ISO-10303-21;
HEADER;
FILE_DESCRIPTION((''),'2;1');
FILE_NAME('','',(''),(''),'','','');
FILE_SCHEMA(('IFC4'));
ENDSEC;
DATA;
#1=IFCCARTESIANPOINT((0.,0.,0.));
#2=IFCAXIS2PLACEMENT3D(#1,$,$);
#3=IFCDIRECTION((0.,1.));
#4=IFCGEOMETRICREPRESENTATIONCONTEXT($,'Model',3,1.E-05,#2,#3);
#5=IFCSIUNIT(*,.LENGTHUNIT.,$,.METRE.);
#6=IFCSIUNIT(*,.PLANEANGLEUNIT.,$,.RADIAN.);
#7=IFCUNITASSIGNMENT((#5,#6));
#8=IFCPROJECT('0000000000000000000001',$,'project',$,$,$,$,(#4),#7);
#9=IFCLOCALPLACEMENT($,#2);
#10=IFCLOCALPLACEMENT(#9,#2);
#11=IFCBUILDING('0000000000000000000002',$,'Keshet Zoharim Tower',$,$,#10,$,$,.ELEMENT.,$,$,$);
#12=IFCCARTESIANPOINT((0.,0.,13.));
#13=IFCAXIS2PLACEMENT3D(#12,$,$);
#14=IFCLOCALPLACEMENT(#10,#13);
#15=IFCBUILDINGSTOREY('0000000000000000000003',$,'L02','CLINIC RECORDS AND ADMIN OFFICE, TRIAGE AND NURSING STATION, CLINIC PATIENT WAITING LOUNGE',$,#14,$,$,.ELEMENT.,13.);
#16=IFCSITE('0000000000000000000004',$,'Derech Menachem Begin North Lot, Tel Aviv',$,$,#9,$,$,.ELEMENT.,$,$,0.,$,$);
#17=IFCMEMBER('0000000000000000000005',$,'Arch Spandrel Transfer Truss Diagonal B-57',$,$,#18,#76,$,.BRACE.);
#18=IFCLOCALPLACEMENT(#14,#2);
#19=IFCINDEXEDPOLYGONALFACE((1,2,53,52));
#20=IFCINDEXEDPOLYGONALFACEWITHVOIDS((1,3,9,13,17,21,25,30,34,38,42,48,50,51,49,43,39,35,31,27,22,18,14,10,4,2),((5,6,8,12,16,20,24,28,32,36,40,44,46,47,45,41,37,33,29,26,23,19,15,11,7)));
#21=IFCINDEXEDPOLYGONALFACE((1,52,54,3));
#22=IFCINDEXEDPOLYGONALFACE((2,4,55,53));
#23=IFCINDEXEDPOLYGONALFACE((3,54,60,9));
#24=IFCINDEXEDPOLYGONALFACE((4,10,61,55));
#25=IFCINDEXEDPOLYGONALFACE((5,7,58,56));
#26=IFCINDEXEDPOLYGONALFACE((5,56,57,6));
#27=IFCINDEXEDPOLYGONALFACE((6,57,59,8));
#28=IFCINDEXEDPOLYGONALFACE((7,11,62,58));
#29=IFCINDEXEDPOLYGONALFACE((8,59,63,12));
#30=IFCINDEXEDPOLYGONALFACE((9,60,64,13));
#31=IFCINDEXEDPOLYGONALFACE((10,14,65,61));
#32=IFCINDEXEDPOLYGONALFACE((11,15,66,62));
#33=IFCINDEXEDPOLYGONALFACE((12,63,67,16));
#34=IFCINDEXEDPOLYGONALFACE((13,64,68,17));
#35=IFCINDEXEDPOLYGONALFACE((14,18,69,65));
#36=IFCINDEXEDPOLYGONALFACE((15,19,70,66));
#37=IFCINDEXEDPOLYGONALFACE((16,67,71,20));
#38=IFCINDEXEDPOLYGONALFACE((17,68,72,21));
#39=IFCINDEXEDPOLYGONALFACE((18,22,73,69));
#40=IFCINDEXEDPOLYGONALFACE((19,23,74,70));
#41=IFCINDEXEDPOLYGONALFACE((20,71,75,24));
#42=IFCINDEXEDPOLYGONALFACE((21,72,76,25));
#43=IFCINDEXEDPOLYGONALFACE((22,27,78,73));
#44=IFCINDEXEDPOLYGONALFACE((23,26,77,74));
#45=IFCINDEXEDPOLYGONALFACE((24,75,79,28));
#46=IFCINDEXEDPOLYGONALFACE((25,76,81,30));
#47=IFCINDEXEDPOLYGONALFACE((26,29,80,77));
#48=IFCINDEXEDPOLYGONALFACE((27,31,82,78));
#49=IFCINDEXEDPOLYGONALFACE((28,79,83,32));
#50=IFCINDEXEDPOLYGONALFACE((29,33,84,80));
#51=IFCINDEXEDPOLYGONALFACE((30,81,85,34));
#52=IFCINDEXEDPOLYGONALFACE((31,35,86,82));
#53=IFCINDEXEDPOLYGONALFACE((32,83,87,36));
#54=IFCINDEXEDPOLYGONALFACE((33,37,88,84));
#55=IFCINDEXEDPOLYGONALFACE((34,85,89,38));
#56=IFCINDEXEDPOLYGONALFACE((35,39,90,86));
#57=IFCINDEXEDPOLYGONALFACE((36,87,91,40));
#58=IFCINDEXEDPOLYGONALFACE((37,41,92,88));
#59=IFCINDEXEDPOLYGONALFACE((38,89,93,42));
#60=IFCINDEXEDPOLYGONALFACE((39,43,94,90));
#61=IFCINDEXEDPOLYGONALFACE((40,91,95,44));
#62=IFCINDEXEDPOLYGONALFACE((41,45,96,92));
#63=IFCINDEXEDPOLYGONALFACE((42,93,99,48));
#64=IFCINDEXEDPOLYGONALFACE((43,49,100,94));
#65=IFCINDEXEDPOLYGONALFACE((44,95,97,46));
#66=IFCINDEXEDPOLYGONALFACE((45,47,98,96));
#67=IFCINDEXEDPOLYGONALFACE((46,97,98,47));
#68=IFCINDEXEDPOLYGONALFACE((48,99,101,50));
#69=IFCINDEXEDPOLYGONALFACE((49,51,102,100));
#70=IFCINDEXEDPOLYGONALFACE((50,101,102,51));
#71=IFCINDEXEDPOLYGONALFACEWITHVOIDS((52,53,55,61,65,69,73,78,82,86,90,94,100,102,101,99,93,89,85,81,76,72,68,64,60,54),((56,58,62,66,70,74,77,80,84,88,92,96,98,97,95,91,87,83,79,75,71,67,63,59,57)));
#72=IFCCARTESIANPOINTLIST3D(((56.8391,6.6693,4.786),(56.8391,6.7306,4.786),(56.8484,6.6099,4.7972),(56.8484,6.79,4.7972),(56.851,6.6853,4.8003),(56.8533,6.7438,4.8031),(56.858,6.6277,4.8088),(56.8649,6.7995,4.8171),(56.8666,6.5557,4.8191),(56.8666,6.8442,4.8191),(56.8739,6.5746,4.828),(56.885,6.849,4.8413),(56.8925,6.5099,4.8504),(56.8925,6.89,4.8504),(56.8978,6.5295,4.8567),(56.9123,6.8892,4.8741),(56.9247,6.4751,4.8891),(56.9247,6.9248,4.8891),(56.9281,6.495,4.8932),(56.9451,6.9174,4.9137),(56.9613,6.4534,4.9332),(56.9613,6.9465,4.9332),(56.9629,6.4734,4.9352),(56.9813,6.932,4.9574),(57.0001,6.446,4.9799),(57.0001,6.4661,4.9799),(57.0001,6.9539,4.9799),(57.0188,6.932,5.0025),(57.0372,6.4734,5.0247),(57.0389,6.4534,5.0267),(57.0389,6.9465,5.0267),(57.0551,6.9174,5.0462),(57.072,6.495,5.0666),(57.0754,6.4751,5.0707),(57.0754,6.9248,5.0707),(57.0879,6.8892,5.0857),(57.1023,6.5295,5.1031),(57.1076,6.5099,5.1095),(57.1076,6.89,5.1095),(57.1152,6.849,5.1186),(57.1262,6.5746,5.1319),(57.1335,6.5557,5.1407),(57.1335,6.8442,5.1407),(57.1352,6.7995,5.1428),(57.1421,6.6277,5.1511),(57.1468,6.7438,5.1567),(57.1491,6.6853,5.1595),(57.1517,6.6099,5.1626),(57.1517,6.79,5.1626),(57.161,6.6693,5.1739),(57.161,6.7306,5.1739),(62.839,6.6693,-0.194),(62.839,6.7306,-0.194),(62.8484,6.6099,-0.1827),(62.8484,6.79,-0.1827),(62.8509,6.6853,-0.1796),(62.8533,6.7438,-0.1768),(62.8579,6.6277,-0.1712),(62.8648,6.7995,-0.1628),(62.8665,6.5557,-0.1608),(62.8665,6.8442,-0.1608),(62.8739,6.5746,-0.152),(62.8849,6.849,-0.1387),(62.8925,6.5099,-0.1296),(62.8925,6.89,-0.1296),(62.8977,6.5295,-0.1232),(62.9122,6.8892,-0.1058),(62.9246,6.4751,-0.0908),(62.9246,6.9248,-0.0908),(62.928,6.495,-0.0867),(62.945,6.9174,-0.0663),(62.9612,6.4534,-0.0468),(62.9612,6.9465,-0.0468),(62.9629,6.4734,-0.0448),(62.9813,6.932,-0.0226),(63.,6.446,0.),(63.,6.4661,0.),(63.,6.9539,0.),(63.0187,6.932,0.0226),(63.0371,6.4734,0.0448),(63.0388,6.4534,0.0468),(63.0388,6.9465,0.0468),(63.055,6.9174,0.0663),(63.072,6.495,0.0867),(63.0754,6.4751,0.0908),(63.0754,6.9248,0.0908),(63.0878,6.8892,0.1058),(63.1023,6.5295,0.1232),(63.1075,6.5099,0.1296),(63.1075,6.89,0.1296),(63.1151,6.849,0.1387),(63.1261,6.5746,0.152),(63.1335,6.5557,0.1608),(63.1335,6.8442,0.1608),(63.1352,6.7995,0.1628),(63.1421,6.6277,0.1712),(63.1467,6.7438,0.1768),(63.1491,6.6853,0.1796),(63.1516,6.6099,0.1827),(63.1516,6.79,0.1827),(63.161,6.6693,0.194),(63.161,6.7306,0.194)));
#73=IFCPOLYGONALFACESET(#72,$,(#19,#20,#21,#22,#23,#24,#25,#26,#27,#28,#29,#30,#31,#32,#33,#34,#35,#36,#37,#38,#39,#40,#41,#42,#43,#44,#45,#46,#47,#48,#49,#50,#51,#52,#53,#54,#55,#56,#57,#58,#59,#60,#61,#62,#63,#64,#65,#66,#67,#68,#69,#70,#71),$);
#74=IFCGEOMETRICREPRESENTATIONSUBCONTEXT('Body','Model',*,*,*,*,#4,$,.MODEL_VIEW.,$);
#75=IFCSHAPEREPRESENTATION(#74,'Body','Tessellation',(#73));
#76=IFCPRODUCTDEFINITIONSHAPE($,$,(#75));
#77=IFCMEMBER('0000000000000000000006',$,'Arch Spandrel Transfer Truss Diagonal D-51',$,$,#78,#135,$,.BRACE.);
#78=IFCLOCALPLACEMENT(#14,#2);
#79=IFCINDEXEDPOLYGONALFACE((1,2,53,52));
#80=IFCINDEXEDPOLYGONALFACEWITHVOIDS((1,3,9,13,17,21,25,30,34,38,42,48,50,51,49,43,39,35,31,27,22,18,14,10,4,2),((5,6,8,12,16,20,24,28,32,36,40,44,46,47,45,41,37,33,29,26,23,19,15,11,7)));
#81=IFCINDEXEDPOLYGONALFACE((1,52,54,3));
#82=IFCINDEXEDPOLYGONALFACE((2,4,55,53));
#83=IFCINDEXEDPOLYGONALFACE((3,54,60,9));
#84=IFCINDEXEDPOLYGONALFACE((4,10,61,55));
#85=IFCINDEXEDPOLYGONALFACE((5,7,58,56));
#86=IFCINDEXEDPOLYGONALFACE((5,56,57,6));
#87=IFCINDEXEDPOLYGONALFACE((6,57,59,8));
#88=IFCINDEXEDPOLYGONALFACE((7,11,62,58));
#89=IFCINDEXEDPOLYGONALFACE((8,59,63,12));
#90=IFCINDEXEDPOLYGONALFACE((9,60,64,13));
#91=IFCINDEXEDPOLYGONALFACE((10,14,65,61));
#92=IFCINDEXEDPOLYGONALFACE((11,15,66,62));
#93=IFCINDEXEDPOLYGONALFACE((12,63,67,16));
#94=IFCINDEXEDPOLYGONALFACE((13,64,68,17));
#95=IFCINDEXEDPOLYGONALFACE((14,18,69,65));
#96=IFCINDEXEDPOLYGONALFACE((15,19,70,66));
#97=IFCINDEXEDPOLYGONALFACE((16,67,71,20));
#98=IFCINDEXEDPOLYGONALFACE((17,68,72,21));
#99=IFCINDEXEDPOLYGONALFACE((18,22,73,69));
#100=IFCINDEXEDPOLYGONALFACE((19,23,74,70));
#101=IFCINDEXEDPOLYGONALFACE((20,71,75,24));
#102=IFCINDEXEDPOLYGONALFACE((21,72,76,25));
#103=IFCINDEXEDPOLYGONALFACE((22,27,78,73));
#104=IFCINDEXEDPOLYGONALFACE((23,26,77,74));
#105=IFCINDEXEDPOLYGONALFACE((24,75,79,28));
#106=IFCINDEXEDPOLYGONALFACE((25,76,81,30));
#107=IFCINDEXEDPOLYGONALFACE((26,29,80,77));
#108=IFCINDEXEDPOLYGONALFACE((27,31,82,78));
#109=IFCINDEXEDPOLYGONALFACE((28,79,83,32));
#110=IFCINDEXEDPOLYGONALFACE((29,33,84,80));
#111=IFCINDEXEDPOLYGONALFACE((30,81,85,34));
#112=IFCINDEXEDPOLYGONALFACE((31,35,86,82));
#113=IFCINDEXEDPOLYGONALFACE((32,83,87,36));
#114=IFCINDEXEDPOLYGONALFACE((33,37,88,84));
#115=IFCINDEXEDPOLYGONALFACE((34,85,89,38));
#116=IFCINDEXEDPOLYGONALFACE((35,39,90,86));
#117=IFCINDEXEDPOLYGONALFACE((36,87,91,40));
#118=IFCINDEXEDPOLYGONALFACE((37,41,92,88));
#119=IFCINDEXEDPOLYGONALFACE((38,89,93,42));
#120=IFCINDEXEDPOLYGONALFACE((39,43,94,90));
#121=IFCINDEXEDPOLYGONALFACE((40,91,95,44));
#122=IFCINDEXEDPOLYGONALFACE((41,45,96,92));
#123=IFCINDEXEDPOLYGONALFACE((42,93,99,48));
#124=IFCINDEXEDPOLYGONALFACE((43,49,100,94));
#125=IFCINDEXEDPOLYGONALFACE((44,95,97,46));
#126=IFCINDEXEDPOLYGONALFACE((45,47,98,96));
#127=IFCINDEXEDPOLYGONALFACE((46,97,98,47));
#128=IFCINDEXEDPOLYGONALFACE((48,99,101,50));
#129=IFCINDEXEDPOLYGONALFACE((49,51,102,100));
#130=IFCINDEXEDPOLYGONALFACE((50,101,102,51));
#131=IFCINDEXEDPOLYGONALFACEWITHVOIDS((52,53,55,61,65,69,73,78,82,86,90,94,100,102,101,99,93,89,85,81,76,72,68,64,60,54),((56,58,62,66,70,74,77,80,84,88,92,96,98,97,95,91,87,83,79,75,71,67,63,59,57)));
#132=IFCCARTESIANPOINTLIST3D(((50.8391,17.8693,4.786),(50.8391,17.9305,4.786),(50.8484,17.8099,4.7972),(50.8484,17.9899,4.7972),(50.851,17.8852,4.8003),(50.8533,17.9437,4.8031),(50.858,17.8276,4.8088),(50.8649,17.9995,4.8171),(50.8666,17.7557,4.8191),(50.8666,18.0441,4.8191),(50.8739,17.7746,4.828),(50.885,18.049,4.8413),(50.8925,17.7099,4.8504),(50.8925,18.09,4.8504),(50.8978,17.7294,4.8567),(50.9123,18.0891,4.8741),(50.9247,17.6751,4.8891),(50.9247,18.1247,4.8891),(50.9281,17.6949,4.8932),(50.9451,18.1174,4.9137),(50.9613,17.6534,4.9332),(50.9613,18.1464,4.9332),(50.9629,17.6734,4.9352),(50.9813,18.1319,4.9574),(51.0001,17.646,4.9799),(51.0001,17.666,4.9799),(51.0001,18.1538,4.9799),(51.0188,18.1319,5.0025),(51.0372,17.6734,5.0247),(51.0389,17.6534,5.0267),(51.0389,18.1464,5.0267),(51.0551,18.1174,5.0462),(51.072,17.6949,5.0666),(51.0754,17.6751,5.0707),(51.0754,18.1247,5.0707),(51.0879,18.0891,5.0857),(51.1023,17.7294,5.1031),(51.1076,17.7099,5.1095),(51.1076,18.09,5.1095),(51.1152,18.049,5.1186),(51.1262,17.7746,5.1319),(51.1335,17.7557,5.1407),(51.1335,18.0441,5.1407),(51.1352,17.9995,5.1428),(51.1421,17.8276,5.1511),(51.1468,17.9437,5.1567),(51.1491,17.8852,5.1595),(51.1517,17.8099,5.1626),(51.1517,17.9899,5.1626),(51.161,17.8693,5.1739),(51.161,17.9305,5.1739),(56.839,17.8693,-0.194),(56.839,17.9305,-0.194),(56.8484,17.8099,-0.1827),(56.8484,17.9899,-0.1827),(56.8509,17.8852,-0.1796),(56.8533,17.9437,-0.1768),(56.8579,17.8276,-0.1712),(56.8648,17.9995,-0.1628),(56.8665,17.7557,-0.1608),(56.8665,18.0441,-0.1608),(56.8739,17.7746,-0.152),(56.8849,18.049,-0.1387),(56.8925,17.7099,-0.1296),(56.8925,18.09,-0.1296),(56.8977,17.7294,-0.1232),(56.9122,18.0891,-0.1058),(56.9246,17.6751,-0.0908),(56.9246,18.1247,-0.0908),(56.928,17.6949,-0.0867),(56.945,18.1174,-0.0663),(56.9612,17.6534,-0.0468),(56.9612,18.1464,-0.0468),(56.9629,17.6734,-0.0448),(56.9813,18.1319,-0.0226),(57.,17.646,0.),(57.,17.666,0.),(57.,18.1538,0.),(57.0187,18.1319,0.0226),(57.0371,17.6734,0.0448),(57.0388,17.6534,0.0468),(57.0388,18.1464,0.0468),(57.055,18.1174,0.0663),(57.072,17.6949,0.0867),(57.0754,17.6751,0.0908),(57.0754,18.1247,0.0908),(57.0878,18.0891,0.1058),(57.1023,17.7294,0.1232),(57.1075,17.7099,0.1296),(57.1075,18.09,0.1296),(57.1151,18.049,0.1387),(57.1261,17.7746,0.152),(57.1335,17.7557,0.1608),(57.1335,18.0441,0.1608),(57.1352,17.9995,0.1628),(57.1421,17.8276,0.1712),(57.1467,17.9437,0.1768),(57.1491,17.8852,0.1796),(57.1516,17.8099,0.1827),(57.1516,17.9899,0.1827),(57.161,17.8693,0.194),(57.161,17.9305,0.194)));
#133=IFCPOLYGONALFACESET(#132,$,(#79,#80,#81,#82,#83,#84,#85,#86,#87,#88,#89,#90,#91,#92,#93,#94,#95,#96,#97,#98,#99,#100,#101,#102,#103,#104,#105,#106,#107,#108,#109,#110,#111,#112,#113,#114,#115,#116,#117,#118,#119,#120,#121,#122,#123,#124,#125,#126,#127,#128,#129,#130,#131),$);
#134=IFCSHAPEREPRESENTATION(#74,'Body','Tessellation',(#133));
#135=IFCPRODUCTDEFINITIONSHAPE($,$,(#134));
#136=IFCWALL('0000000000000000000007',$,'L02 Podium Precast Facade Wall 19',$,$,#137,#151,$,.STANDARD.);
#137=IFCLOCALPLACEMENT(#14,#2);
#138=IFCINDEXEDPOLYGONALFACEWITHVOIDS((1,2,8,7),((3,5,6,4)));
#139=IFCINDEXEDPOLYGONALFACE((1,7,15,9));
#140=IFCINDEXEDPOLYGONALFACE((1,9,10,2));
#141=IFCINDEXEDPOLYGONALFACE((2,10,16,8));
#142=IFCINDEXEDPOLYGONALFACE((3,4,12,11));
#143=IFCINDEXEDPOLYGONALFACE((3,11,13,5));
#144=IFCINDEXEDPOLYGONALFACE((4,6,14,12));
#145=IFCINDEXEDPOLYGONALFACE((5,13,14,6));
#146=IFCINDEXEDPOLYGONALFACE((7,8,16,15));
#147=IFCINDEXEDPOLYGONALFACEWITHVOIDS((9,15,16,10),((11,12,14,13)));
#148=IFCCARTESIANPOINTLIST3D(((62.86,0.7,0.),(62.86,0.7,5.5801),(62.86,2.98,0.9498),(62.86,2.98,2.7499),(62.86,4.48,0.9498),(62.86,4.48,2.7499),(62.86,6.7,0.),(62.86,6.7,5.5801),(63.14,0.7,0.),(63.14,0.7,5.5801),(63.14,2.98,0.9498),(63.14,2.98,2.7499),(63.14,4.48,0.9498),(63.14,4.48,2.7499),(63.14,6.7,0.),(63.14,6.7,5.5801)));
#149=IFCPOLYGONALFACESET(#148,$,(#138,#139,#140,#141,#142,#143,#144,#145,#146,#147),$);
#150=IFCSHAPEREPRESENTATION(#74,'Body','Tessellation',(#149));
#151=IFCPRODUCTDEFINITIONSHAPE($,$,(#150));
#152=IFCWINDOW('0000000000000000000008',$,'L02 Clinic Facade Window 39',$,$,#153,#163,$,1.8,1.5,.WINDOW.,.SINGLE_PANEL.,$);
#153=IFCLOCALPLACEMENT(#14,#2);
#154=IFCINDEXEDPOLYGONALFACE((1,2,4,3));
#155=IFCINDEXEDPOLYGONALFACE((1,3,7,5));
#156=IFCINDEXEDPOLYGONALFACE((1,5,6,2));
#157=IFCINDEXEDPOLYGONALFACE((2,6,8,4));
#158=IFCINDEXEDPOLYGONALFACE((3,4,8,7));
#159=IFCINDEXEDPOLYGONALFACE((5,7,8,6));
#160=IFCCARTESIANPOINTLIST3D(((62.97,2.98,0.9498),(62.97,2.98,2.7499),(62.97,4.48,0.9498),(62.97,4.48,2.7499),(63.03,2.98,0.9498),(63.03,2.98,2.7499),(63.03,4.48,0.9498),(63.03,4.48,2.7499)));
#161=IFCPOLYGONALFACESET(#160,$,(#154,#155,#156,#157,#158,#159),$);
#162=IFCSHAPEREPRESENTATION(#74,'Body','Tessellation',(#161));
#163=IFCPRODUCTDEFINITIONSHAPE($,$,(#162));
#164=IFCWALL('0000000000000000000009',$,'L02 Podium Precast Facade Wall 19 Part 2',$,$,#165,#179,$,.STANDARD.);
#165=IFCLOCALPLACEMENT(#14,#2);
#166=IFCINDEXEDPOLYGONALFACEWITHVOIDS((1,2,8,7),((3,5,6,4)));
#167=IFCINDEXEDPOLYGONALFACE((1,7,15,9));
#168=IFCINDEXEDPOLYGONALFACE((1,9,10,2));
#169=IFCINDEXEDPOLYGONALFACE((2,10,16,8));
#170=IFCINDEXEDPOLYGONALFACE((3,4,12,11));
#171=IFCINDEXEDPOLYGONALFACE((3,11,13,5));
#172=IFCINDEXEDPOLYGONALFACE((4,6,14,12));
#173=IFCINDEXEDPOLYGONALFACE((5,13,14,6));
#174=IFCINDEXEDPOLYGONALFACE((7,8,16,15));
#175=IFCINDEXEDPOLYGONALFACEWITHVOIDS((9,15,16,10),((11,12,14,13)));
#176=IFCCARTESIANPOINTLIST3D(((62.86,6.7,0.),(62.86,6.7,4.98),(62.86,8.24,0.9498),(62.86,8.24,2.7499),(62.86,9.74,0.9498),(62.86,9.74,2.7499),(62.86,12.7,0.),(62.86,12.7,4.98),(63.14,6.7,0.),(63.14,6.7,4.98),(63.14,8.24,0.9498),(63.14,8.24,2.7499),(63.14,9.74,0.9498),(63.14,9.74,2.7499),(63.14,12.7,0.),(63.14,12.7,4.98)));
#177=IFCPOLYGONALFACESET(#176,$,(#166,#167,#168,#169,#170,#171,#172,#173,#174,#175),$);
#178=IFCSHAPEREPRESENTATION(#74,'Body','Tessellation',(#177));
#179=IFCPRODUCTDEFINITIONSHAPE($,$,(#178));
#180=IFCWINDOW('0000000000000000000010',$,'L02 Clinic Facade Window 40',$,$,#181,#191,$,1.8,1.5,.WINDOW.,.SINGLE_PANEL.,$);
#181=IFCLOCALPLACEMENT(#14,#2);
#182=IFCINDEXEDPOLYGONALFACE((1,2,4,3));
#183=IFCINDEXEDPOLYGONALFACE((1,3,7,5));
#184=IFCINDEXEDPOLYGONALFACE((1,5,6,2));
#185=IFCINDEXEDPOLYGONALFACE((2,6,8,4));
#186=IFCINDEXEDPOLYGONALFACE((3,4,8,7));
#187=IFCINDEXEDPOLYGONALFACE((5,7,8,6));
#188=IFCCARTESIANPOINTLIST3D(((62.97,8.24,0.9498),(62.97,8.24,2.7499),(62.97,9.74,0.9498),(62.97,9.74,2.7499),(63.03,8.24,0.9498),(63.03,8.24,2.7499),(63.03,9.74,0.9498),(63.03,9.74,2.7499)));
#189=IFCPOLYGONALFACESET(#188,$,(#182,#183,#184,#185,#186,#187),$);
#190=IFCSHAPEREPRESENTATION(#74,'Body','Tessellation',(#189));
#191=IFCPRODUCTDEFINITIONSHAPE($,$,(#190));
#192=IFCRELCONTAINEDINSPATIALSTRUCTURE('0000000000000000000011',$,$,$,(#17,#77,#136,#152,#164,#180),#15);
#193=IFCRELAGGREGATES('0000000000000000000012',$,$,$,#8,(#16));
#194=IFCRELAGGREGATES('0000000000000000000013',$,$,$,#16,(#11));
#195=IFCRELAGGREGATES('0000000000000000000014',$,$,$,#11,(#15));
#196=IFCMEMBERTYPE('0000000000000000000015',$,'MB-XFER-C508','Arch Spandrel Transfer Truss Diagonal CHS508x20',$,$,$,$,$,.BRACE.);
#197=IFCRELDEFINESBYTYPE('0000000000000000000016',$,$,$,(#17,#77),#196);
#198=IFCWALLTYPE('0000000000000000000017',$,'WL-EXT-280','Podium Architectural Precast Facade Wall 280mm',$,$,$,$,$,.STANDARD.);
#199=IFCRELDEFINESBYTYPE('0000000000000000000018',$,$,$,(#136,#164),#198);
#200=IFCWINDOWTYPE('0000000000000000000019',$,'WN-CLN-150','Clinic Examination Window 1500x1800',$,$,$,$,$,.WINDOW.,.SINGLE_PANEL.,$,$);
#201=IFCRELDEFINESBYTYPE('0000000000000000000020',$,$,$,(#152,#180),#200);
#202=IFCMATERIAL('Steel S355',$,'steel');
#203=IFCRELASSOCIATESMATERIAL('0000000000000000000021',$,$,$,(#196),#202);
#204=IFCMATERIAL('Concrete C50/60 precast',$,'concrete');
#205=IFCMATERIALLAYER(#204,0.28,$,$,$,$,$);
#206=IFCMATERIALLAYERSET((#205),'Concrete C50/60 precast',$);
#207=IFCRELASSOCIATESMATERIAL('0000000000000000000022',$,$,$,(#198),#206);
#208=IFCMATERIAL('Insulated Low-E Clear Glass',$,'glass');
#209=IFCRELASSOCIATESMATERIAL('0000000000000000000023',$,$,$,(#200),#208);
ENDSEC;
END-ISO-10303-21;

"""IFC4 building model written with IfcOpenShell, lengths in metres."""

from ifc_helpers import new_model, si_unit, direction, frame, frame_2d, origin, origin_2d, place, context, subcontext, project, spatial, rectangle, hollow_circle, extrude, material, layer, layer_set, material_profile, profile_set, type_object, element, fill, save


model = new_model("IFC4")

# Units and contexts
model_context = context("Model", 3, precision=1e-05, world=origin(), true_north=direction((0.0, 1.0)))
body_context = subcontext(model_context, "Body", "Model", "MODEL_VIEW")
ifc_project = project(units=[si_unit("LENGTHUNIT", "METRE"), si_unit("PLANEANGLEUNIT", "RADIAN")], contexts=[model_context])

# Site, building, storey
site_placement = place(None, origin())
site = spatial("IfcSite", under=ifc_project, at=site_placement, Name="Derech Menachem Begin North Lot, Tel Aviv", CompositionType="ELEMENT", RefElevation=0.0)
building_placement = place(site_placement, origin())
building = spatial("IfcBuilding", under=site, at=building_placement, Name="Keshet Zoharim Tower", CompositionType="ELEMENT")
storey_placement = place(building_placement, frame((0.0, 0.0, 13.0)))
storey = spatial("IfcBuildingStorey", under=building, at=storey_placement, Name="L02", Description="CLINIC RECORDS AND ADMIN OFFICE, TRIAGE AND NURSING STATION, CLINIC PATIENT WAITING LOUNGE", CompositionType="ELEMENT", Elevation=13.0)

# Shared definitions
ifc_material_1 = material(Name="Steel S355", Category="steel")

# Members
ifc_material_profile_1 = material_profile(ifc_material_1, hollow_circle(Radius=0.2539, WallThickness=0.02, at=origin_2d()), Name="CHS508x20")
ifc_profile_set_1 = profile_set([ifc_material_profile_1], Name="Steel S355")
member_type = type_object("IfcMemberType", Name="MB-XFER-C508", Description="Arch Spandrel Transfer Truss Diagonal CHS508x20", PredefinedType="BRACE", material=ifc_profile_set_1)
for number, where, z_axis, x_axis, name in (
    (1, (63.0, 6.7, 0.0), (-0.769482, 0.0, 0.638668), (0.0, -1.0, 0.0), "Arch Spandrel Transfer Truss Diagonal B-57"),
    (2, (57.0, 17.8999, 0.0), (-0.769482, 0.0, 0.638668), (0.0, -1.0, 0.0), "Arch Spandrel Transfer Truss Diagonal D-51"),
):
    element("IfcMember", number, at=place(storey_placement, frame(where, z_axis=z_axis, x_axis=x_axis)), inside=storey, type_object=member_type, Name=name, PredefinedType="BRACE", context=body_context, shape_type="SweptSolid", body=[
        extrude(hollow_circle(Radius=0.2539, WallThickness=0.02, at=origin_2d()), origin(), (0.0, 0.0, 1.0), 7.7974),
    ])

# Walls, openings, windows
ifc_material_2 = material(Name="Concrete C50/60 precast", Category="concrete")
ifc_layer = layer(ifc_material_2, 0.28)
ifc_layer_set = layer_set([ifc_layer], Name="Concrete C50/60 precast")
wall_type = type_object("IfcWallType", Name="WL-EXT-280", Description="Podium Architectural Precast Facade Wall 280mm", PredefinedType="STANDARD", material=ifc_layer_set)
wall_1_placement = place(storey_placement, frame((63.0, 0.7, 0.0), z_axis=(0.0, 0.0, 1.0), x_axis=(0.0, 1.0, 0.0)))
wall_1 = element("IfcWall", 3, at=wall_1_placement, inside=storey, type_object=wall_type, Name="L02 Podium Precast Facade Wall 19", PredefinedType="STANDARD", context=body_context, shape_type="SweptSolid", body=[
    extrude(rectangle(XDim=6.0, YDim=0.28, at=frame_2d((3.0, 0.0))), origin(), (0.0, 0.0, 1.0), 5.5801),
])
opening_1_placement = place(wall_1_placement, frame((2.28, 0.0, 0.95)))
opening_1 = element("IfcOpeningElement", 4, at=opening_1_placement, cuts=wall_1, PredefinedType="OPENING", context=body_context, shape_type="SweptSolid", body=[
    extrude(rectangle(XDim=1.5, YDim=1.8, at=frame_2d((0.75, 0.8999))), frame((0.0, 0.1499, 0.0), z_axis=(0.0, -1.0, 0.0), x_axis=(1.0, 0.0, 0.0)), (0.0, 0.0, 1.0), 0.3),
])
ifc_material_3 = material(Name="Insulated Low-E Clear Glass", Category="glass")
window_type = type_object("IfcWindowType", Name="WN-CLN-150", Description="Clinic Examination Window 1500x1800", PartitioningType="SINGLE_PANEL", PredefinedType="WINDOW", material=ifc_material_3)
window_1_placement = place(opening_1_placement, origin())
window_1 = element("IfcWindow", 5, at=window_1_placement, inside=storey, type_object=window_type, Name="L02 Clinic Facade Window 39", OverallHeight=1.8, OverallWidth=1.5, PartitioningType="SINGLE_PANEL", PredefinedType="WINDOW", context=body_context, shape_type="SweptSolid", body=[
    extrude(rectangle(XDim=1.5, YDim=1.8, at=frame_2d((0.75, 0.8999))), frame((0.0, 0.03, 0.0), z_axis=(0.0, -1.0, 0.0), x_axis=(1.0, 0.0, 0.0)), (0.0, 0.0, 1.0), 0.0601),
])
fill(opening_1, window_1)
wall_2_placement = place(storey_placement, frame((63.0, 6.7, 0.0), z_axis=(0.0, 0.0, 1.0), x_axis=(0.0, 1.0, 0.0)))
wall_2 = element("IfcWall", 6, at=wall_2_placement, inside=storey, type_object=wall_type, Name="L02 Podium Precast Facade Wall 19 Part 2", PredefinedType="STANDARD", context=body_context, shape_type="SweptSolid", body=[
    extrude(rectangle(XDim=6.0, YDim=0.28, at=frame_2d((3.0, 0.0))), origin(), (0.0, 0.0, 1.0), 4.98),
])
opening_2_placement = place(wall_2_placement, frame((1.54, 0.0, 0.95)))
opening_2 = element("IfcOpeningElement", 7, at=opening_2_placement, cuts=wall_2, PredefinedType="OPENING", context=body_context, shape_type="SweptSolid", body=[
    extrude(rectangle(XDim=1.5, YDim=1.8, at=frame_2d((0.75, 0.8999))), frame((0.0, 0.1499, 0.0), z_axis=(0.0, -1.0, 0.0), x_axis=(1.0, 0.0, 0.0)), (0.0, 0.0, 1.0), 0.3),
])
window_2_placement = place(opening_2_placement, origin())
window_2 = element("IfcWindow", 8, at=window_2_placement, inside=storey, type_object=window_type, Name="L02 Clinic Facade Window 40", OverallHeight=1.8, OverallWidth=1.5, PartitioningType="SINGLE_PANEL", PredefinedType="WINDOW", context=body_context, shape_type="SweptSolid", body=[
    extrude(rectangle(XDim=1.5, YDim=1.8, at=frame_2d((0.75, 0.8999))), frame((0.0, 0.03, 0.0), z_axis=(0.0, -1.0, 0.0), x_axis=(1.0, 0.0, 0.0)), (0.0, 0.0, 1.0), 0.0601),
])
fill(opening_2, window_2)

save(model, "model.ifc")
